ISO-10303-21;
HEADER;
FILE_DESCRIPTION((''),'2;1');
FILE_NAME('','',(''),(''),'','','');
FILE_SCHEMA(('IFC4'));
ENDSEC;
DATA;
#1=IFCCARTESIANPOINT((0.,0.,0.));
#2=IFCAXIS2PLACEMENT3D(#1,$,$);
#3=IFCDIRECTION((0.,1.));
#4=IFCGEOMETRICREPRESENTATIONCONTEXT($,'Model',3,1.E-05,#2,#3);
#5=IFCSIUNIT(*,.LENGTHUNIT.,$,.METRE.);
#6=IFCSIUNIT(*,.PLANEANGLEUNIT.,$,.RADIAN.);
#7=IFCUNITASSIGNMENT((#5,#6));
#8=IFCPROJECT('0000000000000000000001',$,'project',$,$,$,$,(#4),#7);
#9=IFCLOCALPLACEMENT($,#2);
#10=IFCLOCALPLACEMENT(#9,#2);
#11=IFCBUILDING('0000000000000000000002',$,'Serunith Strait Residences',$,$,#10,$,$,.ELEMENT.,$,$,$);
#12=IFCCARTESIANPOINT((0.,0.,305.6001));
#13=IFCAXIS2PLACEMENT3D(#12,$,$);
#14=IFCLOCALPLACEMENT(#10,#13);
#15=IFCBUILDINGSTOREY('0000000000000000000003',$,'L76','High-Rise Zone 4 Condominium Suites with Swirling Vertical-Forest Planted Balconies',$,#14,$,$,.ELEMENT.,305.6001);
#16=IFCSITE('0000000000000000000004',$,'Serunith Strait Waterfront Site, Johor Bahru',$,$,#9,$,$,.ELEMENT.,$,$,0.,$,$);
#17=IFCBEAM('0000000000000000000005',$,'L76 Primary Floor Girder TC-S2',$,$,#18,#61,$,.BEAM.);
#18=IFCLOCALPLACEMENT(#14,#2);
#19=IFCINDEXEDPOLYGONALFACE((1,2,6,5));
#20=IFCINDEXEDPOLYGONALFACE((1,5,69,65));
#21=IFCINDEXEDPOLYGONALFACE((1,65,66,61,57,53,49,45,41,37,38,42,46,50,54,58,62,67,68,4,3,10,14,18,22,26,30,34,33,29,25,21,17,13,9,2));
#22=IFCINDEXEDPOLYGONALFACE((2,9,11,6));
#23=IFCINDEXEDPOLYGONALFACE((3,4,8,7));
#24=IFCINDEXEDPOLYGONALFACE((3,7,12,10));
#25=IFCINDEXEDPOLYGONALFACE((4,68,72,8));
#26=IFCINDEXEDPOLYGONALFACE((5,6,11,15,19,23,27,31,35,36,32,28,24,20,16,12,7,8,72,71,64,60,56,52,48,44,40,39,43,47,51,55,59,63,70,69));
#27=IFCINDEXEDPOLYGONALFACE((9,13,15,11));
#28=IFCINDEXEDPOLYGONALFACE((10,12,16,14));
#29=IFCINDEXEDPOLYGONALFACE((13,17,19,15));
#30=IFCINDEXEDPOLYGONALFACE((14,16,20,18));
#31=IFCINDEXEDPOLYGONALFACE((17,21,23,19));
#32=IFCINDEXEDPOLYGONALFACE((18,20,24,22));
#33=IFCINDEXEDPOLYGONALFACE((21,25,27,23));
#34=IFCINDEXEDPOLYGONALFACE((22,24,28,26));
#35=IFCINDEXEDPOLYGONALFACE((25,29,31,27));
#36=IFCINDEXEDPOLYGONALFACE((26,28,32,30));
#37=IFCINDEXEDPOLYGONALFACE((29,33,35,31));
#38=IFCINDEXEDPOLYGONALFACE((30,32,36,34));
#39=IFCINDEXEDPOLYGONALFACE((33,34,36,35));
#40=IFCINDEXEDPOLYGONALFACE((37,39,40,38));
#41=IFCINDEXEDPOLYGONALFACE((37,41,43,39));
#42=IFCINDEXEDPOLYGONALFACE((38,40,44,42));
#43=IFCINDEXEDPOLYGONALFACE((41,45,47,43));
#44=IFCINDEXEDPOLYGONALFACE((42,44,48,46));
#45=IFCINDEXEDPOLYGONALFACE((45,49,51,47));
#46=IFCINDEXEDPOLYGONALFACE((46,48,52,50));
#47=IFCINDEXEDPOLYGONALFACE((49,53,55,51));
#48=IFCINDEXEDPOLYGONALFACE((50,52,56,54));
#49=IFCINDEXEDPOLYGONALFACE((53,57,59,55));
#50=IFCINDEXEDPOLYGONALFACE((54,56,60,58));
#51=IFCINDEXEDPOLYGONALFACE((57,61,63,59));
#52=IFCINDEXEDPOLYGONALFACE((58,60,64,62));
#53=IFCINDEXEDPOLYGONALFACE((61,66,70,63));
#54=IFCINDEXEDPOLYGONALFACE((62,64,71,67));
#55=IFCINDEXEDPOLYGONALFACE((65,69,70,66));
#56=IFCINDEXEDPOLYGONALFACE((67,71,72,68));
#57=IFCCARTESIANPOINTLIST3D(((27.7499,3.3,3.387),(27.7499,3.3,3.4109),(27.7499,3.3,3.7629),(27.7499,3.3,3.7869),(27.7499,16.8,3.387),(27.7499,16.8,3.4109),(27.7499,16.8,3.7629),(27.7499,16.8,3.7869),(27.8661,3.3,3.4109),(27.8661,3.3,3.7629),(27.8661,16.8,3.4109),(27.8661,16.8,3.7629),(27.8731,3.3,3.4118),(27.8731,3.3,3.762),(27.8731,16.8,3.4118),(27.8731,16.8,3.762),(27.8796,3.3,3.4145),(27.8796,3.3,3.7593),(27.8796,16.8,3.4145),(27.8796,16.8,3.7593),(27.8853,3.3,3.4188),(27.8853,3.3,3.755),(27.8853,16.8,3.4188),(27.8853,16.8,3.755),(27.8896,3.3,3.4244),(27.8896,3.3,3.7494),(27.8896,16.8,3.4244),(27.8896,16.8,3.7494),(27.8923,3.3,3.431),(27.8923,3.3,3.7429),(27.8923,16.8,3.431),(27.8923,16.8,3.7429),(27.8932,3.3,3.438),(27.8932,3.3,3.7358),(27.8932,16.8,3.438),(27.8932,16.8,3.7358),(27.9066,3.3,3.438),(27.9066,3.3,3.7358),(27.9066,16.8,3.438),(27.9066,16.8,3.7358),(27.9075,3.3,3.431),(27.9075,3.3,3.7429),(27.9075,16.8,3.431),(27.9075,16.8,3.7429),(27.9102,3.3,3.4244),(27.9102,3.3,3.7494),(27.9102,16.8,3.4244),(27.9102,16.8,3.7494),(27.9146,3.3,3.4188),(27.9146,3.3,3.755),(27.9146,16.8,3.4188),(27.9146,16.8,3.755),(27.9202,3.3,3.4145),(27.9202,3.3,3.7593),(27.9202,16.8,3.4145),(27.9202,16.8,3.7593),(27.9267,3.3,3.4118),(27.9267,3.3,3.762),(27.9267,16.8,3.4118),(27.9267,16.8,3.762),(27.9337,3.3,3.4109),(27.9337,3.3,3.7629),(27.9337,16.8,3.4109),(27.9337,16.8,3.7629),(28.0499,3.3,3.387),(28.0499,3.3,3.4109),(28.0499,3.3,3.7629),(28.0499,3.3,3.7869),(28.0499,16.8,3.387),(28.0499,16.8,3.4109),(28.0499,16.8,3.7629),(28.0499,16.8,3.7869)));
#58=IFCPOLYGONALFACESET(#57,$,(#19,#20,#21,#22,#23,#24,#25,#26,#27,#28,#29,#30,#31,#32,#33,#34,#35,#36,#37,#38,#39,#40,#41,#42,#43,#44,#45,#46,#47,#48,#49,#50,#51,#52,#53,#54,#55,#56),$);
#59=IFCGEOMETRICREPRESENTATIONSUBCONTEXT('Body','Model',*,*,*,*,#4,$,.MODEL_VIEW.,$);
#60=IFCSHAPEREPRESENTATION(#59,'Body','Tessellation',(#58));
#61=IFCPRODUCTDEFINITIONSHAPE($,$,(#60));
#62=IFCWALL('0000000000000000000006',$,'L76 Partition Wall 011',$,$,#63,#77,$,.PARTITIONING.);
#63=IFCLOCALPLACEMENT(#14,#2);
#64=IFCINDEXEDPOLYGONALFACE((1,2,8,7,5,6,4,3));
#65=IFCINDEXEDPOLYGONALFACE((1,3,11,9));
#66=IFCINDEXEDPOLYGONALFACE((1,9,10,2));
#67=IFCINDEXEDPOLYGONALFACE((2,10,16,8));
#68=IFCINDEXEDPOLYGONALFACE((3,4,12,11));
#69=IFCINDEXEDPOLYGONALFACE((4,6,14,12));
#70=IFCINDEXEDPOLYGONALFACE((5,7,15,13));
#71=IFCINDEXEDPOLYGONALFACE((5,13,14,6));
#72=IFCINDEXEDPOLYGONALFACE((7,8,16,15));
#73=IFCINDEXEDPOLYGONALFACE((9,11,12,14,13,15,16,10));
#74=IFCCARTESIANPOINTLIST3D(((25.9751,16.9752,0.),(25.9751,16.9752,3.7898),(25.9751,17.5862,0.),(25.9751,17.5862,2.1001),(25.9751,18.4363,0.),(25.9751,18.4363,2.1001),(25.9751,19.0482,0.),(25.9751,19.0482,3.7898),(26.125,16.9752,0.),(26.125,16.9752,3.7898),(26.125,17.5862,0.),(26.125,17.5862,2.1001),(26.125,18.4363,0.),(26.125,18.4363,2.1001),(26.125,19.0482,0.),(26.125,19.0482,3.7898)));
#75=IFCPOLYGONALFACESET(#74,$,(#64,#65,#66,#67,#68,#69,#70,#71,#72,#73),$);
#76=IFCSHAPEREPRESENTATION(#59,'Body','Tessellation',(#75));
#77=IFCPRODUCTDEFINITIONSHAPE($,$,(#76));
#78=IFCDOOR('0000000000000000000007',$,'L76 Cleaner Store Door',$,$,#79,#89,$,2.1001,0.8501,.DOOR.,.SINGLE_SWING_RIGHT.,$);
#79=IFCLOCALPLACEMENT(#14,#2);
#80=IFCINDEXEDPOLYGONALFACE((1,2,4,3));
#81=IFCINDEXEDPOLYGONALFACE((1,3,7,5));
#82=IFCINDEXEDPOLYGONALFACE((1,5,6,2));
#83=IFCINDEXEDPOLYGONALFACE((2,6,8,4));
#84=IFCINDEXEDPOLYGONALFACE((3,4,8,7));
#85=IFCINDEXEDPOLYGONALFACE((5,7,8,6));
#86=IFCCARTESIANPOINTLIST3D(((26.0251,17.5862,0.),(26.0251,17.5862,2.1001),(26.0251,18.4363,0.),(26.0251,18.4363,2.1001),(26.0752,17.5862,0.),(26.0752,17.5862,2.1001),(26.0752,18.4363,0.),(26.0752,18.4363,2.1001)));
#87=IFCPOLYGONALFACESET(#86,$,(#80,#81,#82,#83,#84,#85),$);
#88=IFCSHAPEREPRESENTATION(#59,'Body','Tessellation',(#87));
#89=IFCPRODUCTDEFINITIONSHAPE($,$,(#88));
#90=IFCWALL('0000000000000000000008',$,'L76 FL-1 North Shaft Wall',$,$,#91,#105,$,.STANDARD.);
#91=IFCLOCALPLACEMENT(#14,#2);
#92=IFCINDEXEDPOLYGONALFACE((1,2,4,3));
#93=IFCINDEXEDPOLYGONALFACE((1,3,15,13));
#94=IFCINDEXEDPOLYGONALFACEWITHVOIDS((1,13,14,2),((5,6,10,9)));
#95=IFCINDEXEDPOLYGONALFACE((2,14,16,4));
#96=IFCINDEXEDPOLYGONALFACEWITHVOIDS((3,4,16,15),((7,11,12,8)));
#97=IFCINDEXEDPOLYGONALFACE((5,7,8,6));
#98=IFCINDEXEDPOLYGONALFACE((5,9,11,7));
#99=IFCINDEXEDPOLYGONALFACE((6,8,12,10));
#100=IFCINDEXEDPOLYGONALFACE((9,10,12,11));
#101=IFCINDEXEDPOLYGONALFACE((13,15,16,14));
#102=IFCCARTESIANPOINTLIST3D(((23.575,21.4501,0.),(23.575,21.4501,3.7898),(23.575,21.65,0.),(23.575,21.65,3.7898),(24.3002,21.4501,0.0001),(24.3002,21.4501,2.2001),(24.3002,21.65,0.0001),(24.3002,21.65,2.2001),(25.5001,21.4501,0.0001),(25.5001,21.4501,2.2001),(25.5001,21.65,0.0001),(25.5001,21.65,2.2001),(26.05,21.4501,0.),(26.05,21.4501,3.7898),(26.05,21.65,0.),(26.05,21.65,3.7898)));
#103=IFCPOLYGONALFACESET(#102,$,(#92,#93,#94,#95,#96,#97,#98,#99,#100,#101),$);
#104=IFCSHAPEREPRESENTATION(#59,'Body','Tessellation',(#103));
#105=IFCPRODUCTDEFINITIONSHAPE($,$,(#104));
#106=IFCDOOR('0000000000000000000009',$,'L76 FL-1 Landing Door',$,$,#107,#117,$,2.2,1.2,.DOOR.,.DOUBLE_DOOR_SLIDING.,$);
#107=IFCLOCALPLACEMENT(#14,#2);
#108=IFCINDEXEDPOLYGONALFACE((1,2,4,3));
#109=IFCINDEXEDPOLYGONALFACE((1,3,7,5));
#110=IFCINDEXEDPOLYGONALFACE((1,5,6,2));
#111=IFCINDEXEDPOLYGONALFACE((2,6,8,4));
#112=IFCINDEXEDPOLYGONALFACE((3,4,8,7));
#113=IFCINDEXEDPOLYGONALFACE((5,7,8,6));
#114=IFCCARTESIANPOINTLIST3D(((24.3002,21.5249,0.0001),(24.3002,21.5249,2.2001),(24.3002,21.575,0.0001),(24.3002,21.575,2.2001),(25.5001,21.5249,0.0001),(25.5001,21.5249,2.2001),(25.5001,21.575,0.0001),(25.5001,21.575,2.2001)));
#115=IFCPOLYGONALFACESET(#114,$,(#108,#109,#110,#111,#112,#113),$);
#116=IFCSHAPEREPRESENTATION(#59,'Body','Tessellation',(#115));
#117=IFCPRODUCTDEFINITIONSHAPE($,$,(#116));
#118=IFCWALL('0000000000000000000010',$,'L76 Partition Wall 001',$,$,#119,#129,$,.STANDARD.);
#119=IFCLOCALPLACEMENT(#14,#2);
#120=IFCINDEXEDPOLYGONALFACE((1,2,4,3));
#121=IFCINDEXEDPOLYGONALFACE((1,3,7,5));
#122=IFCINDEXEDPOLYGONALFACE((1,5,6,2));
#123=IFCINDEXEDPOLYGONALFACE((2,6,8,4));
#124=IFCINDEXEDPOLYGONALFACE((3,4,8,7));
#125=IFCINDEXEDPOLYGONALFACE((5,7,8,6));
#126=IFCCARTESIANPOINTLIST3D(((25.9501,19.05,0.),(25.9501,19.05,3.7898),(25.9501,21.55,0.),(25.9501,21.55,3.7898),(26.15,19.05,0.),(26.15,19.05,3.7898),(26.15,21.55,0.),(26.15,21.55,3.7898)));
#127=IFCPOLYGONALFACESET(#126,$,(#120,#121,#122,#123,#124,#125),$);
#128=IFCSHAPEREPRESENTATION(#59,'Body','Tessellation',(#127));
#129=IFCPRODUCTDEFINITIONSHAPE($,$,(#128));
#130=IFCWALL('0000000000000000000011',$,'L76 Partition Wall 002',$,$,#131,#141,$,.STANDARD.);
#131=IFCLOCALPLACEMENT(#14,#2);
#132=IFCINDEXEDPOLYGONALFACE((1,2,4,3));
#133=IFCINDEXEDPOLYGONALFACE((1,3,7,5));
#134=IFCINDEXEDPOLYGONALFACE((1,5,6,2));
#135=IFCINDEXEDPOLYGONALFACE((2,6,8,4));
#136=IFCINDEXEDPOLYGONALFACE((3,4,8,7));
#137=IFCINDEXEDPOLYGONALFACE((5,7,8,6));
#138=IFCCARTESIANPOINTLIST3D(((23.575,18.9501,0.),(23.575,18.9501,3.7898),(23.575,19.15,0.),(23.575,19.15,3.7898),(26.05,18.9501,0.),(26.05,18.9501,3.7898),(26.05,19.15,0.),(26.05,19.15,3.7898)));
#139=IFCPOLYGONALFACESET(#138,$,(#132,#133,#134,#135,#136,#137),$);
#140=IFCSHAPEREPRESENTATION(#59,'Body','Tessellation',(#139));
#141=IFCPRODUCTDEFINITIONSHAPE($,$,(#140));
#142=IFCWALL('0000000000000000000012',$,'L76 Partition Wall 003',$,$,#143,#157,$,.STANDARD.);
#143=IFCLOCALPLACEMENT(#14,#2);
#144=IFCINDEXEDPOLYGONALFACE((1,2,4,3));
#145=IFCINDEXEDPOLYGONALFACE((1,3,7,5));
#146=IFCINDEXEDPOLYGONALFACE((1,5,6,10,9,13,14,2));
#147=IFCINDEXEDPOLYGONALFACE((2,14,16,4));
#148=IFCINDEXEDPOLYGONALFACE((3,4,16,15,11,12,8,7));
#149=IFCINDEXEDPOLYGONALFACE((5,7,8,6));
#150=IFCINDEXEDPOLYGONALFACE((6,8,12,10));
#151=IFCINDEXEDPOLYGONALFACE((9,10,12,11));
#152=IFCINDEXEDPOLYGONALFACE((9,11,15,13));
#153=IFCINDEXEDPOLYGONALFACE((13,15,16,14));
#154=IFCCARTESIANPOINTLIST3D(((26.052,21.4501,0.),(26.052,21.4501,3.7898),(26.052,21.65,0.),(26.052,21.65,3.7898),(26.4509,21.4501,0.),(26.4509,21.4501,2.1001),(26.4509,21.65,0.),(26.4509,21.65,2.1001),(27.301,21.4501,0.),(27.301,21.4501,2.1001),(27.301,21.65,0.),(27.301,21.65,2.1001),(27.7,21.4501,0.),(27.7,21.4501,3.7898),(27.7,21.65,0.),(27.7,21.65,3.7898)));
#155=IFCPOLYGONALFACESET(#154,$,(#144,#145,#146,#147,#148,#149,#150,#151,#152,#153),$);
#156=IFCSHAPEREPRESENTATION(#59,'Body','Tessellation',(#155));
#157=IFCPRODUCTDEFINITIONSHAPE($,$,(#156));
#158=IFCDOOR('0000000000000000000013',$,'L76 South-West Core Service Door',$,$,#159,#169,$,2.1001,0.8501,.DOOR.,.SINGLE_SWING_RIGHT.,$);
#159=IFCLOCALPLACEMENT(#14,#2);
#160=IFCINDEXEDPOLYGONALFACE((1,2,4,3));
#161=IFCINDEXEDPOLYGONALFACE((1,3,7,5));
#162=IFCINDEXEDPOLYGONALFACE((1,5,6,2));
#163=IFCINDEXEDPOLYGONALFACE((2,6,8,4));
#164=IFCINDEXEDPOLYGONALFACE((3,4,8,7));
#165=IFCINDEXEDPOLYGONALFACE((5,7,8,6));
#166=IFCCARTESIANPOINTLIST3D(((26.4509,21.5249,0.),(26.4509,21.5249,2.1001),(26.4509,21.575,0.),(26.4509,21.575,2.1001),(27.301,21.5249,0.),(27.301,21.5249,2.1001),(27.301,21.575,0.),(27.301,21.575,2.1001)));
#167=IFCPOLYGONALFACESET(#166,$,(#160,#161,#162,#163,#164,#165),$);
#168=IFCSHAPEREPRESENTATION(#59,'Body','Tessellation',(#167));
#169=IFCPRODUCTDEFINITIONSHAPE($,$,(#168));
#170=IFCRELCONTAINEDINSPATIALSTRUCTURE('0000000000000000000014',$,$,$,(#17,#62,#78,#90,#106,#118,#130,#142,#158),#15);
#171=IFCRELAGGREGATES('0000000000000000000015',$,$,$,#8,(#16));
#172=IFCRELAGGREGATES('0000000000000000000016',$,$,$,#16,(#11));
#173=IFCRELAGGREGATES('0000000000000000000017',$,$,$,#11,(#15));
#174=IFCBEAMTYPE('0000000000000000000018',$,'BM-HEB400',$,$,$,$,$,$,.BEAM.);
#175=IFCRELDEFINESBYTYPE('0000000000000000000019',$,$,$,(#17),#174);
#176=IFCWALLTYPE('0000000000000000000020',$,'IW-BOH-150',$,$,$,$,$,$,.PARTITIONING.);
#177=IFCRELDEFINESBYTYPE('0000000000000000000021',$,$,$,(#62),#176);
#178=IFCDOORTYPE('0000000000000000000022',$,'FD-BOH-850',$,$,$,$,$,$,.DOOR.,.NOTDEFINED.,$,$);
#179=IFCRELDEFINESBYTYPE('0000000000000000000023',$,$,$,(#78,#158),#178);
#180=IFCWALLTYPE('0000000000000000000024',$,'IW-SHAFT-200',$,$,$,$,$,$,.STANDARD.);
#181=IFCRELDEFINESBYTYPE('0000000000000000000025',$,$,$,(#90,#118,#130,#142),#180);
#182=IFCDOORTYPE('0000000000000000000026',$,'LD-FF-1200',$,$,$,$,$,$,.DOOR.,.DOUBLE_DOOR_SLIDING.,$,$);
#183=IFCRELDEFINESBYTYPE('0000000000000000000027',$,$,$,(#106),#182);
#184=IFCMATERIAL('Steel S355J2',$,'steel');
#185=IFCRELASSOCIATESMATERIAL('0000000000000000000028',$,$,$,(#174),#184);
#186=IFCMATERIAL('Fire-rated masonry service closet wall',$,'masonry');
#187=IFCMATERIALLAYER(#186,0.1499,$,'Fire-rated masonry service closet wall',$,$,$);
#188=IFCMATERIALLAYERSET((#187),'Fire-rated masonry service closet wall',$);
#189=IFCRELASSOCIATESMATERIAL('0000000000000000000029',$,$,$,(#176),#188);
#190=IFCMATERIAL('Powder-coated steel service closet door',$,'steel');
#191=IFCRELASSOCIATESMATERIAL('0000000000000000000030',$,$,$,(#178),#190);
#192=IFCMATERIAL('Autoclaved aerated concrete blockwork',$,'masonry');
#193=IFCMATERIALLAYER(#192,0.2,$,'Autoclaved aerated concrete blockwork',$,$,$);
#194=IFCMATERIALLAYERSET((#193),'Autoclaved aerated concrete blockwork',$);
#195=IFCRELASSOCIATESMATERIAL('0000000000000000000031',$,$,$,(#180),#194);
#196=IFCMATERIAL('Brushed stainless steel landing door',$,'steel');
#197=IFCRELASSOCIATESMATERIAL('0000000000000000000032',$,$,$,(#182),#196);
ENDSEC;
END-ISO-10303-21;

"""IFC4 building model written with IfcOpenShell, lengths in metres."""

from ifc_helpers import new_model, si_unit, direction, frame, frame_2d, origin, origin_2d, place, context, subcontext, project, spatial, rectangle, i_section, extrude, source, transform, mapped, material, layer, layer_set, material_profile, profile_set, type_object, element, fill, save


model = new_model("IFC4")

# Units and contexts
model_context = context("Model", 3, precision=1e-05, world=origin(), true_north=direction((0.0, 1.0)))
body_context = subcontext(model_context, "Body", "Model", "MODEL_VIEW")
ifc_project = project(units=[si_unit("LENGTHUNIT", "METRE"), si_unit("PLANEANGLEUNIT", "RADIAN")], contexts=[model_context])

# Site, building, storey
site_placement = place(None, origin())
site = spatial("IfcSite", under=ifc_project, at=site_placement, Name="Serunith Strait Waterfront Site, Johor Bahru", CompositionType="ELEMENT", RefElevation=0.0)
building_placement = place(site_placement, origin())
building = spatial("IfcBuilding", under=site, at=building_placement, Name="Serunith Strait Residences", CompositionType="ELEMENT")
storey_placement = place(building_placement, frame((0.0, 0.0, 305.6001)))
storey = spatial("IfcBuildingStorey", under=building, at=storey_placement, Name="L76", Description="High-Rise Zone 4 Condominium Suites with Swirling Vertical-Forest Planted Balconies", CompositionType="ELEMENT", Elevation=305.6001)

# Beam
ifc_material_1 = material(Name="Steel S355J2", Category="steel")
ifc_material_profile = material_profile(ifc_material_1, i_section(OverallWidth=0.3, OverallDepth=0.3999, WebThickness=0.0134, FlangeThickness=0.0239, FilletRadius=0.0271, at=origin_2d()), Name="HEB 400")
ifc_profile_set = profile_set([ifc_material_profile], Name="Steel S355J2")
beam_type = type_object("IfcBeamType", Name="BM-HEB400", PredefinedType="BEAM", material=ifc_profile_set)
shared_shape_1 = source(origin(), body_context, "Body", "SweptSolid", [
    extrude(i_section(OverallWidth=0.3, OverallDepth=0.3999, WebThickness=0.0134, FlangeThickness=0.0239, FilletRadius=0.0271, at=origin_2d()), origin(), (0.0, 0.0, 1.0), 13.5),
])
beam_placement = place(storey_placement, frame((27.8999, 16.8, 3.5869), z_axis=(0.0, -1.0, 0.0), x_axis=(1.0, 0.0, 0.0)))
element("IfcBeam", 1, at=beam_placement, inside=storey, type_object=beam_type, Name="L76 Primary Floor Girder TC-S2", PredefinedType="BEAM", context=body_context, shape_type="MappedRepresentation", body=[
    mapped(shared_shape_1, transform((0.0, 0.0, 0.0), scale=1.0)),
])

# Walls, openings, doors
ifc_material_2 = material(Name="Fire-rated masonry service closet wall", Category="masonry")
ifc_layer_1 = layer(ifc_material_2, 0.1499, Name="Fire-rated masonry service closet wall")
ifc_layer_set_1 = layer_set([ifc_layer_1], Name="Fire-rated masonry service closet wall")
wall_type_1 = type_object("IfcWallType", Name="IW-BOH-150", PredefinedType="PARTITIONING", material=ifc_layer_set_1)
wall_1_placement = place(storey_placement, frame((26.05, 16.9751, 0.0), z_axis=(0.0, 0.0, 1.0), x_axis=(0.0, 1.0, 0.0)))
wall_1 = element("IfcWall", 2, at=wall_1_placement, inside=storey, type_object=wall_type_1, Name="L76 Partition Wall 011", PredefinedType="PARTITIONING", context=body_context, shape_type="SweptSolid", body=[
    extrude(rectangle(XDim=2.073, YDim=0.1499, at=frame_2d((1.0366, 0.0))), origin(), (0.0, 0.0, 1.0), 3.7898),
])
opening_1_placement = place(wall_1_placement, frame((0.6111, 0.0, 0.0)))
opening_1 = element("IfcOpeningElement", 3, at=opening_1_placement, cuts=wall_1, PredefinedType="OPENING", context=body_context, shape_type="SweptSolid", body=[
    extrude(rectangle(XDim=0.8501, YDim=2.1001, at=frame_2d((0.425, 1.05))), frame((0.0, 0.085, 0.0), z_axis=(0.0, -1.0, 0.0), x_axis=(1.0, 0.0, 0.0)), (0.0, 0.0, 1.0), 0.1699),
])
ifc_material_3 = material(Name="Powder-coated steel service closet door", Category="steel")
door_type_1 = type_object("IfcDoorType", Name="FD-BOH-850", OperationType="NOTDEFINED", PredefinedType="DOOR", material=ifc_material_3)
shared_shape_2 = source(origin(), body_context, "Body", "SweptSolid", [
    extrude(rectangle(XDim=0.8501, YDim=2.1001, at=frame_2d((0.425, 1.05))), frame((0.0, 0.0249, 0.0), z_axis=(0.0, -1.0, 0.0), x_axis=(1.0, 0.0, 0.0)), (0.0, 0.0, 1.0), 0.05),
])
door_1_placement = place(opening_1_placement, origin())
door_1 = element("IfcDoor", 4, at=door_1_placement, inside=storey, type_object=door_type_1, Name="L76 Cleaner Store Door", OperationType="SINGLE_SWING_RIGHT", OverallHeight=2.1001, OverallWidth=0.8501, PredefinedType="DOOR", context=body_context, shape_type="MappedRepresentation", body=[
    mapped(shared_shape_2, transform((0.0, 0.0, 0.0), scale=1.0)),
])
fill(opening_1, door_1)
ifc_material_4 = material(Name="Autoclaved aerated concrete blockwork", Category="masonry")
ifc_layer_2 = layer(ifc_material_4, 0.2, Name="Autoclaved aerated concrete blockwork")
ifc_layer_set_2 = layer_set([ifc_layer_2], Name="Autoclaved aerated concrete blockwork")
wall_type_2 = type_object("IfcWallType", Name="IW-SHAFT-200", PredefinedType="STANDARD", material=ifc_layer_set_2)
wall_2_placement = place(storey_placement, frame((23.575, 21.55, 0.0), z_axis=(0.0, 0.0, 1.0), x_axis=(1.0, 0.0, 0.0)))
wall_2 = element("IfcWall", 5, at=wall_2_placement, inside=storey, type_object=wall_type_2, Name="L76 FL-1 North Shaft Wall", PredefinedType="STANDARD", context=body_context, shape_type="SweptSolid", body=[
    extrude(rectangle(XDim=2.4751, YDim=0.2, at=frame_2d((1.2375, 0.0))), origin(), (0.0, 0.0, 1.0), 3.7898),
])
opening_2_placement = place(wall_2_placement, frame((0.7251, 0.0, 0.0)))
opening_2 = element("IfcOpeningElement", 6, at=opening_2_placement, cuts=wall_2, PredefinedType="OPENING", context=body_context, shape_type="SweptSolid", body=[
    extrude(rectangle(XDim=1.2, YDim=2.2, at=frame_2d((0.6001, 1.1001))), frame((0.0, 0.1099, 0.0), z_axis=(0.0, -1.0, 0.0), x_axis=(1.0, 0.0, 0.0)), (0.0, 0.0, 1.0), 0.22),
])
ifc_material_5 = material(Name="Brushed stainless steel landing door", Category="steel")
door_type_2 = type_object("IfcDoorType", Name="LD-FF-1200", OperationType="DOUBLE_DOOR_SLIDING", PredefinedType="DOOR", material=ifc_material_5)
shared_shape_3 = source(origin(), body_context, "Body", "SweptSolid", [
    extrude(rectangle(XDim=1.2, YDim=2.2, at=frame_2d((0.6001, 1.1001))), frame((0.0, 0.0249, 0.0), z_axis=(0.0, -1.0, 0.0), x_axis=(1.0, 0.0, 0.0)), (0.0, 0.0, 1.0), 0.05),
])
door_2_placement = place(opening_2_placement, origin())
door_2 = element("IfcDoor", 7, at=door_2_placement, inside=storey, type_object=door_type_2, Name="L76 FL-1 Landing Door", OperationType="DOUBLE_DOOR_SLIDING", OverallHeight=2.2, OverallWidth=1.2, PredefinedType="DOOR", context=body_context, shape_type="MappedRepresentation", body=[
    mapped(shared_shape_3, transform((0.0, 0.0, 0.0), scale=1.0)),
])
fill(opening_2, door_2)

# Walls
wall_3_placement = place(storey_placement, frame((26.05, 19.05, 0.0), z_axis=(0.0, 0.0, 1.0), x_axis=(0.0, 1.0, 0.0)))
element("IfcWall", 8, at=wall_3_placement, inside=storey, type_object=wall_type_2, Name="L76 Partition Wall 001", PredefinedType="STANDARD", context=body_context, shape_type="SweptSolid", body=[
    extrude(rectangle(XDim=2.5, YDim=0.2, at=frame_2d((1.25, 0.0))), origin(), (0.0, 0.0, 1.0), 3.7898),
])
wall_4_placement = place(storey_placement, frame((23.575, 19.05, 0.0), z_axis=(0.0, 0.0, 1.0), x_axis=(1.0, 0.0, 0.0)))
element("IfcWall", 9, at=wall_4_placement, inside=storey, type_object=wall_type_2, Name="L76 Partition Wall 002", PredefinedType="STANDARD", context=body_context, shape_type="SweptSolid", body=[
    extrude(rectangle(XDim=2.4751, YDim=0.2, at=frame_2d((1.2375, 0.0))), origin(), (0.0, 0.0, 1.0), 3.7898),
])

# Wall, opening, door
wall_5_placement = place(storey_placement, frame((26.052, 21.55, 0.0), z_axis=(0.0, 0.0, 1.0), x_axis=(1.0, 0.0, 0.0)))
wall_5 = element("IfcWall", 10, at=wall_5_placement, inside=storey, type_object=wall_type_2, Name="L76 Partition Wall 003", PredefinedType="STANDARD", context=body_context, shape_type="SweptSolid", body=[
    extrude(rectangle(XDim=1.6479, YDim=0.2, at=frame_2d((0.824, 0.0))), origin(), (0.0, 0.0, 1.0), 3.7898),
])
opening_3_placement = place(wall_5_placement, frame((0.3989, 0.0, 0.0)))
opening_3 = element("IfcOpeningElement", 11, at=opening_3_placement, cuts=wall_5, PredefinedType="OPENING", context=body_context, shape_type="SweptSolid", body=[
    extrude(rectangle(XDim=0.8501, YDim=2.1001, at=frame_2d((0.425, 1.05))), frame((0.0, 0.1099, 0.0), z_axis=(0.0, -1.0, 0.0), x_axis=(1.0, 0.0, 0.0)), (0.0, 0.0, 1.0), 0.22),
])
door_3_placement = place(opening_3_placement, origin())
door_3 = element("IfcDoor", 12, at=door_3_placement, inside=storey, type_object=door_type_1, Name="L76 South-West Core Service Door", OperationType="SINGLE_SWING_RIGHT", OverallHeight=2.1001, OverallWidth=0.8501, PredefinedType="DOOR", context=body_context, shape_type="MappedRepresentation", body=[
    mapped(shared_shape_2, transform((0.0, 0.0, 0.0), scale=1.0)),
])
fill(opening_3, door_3)

save(model, "model.ifc")
